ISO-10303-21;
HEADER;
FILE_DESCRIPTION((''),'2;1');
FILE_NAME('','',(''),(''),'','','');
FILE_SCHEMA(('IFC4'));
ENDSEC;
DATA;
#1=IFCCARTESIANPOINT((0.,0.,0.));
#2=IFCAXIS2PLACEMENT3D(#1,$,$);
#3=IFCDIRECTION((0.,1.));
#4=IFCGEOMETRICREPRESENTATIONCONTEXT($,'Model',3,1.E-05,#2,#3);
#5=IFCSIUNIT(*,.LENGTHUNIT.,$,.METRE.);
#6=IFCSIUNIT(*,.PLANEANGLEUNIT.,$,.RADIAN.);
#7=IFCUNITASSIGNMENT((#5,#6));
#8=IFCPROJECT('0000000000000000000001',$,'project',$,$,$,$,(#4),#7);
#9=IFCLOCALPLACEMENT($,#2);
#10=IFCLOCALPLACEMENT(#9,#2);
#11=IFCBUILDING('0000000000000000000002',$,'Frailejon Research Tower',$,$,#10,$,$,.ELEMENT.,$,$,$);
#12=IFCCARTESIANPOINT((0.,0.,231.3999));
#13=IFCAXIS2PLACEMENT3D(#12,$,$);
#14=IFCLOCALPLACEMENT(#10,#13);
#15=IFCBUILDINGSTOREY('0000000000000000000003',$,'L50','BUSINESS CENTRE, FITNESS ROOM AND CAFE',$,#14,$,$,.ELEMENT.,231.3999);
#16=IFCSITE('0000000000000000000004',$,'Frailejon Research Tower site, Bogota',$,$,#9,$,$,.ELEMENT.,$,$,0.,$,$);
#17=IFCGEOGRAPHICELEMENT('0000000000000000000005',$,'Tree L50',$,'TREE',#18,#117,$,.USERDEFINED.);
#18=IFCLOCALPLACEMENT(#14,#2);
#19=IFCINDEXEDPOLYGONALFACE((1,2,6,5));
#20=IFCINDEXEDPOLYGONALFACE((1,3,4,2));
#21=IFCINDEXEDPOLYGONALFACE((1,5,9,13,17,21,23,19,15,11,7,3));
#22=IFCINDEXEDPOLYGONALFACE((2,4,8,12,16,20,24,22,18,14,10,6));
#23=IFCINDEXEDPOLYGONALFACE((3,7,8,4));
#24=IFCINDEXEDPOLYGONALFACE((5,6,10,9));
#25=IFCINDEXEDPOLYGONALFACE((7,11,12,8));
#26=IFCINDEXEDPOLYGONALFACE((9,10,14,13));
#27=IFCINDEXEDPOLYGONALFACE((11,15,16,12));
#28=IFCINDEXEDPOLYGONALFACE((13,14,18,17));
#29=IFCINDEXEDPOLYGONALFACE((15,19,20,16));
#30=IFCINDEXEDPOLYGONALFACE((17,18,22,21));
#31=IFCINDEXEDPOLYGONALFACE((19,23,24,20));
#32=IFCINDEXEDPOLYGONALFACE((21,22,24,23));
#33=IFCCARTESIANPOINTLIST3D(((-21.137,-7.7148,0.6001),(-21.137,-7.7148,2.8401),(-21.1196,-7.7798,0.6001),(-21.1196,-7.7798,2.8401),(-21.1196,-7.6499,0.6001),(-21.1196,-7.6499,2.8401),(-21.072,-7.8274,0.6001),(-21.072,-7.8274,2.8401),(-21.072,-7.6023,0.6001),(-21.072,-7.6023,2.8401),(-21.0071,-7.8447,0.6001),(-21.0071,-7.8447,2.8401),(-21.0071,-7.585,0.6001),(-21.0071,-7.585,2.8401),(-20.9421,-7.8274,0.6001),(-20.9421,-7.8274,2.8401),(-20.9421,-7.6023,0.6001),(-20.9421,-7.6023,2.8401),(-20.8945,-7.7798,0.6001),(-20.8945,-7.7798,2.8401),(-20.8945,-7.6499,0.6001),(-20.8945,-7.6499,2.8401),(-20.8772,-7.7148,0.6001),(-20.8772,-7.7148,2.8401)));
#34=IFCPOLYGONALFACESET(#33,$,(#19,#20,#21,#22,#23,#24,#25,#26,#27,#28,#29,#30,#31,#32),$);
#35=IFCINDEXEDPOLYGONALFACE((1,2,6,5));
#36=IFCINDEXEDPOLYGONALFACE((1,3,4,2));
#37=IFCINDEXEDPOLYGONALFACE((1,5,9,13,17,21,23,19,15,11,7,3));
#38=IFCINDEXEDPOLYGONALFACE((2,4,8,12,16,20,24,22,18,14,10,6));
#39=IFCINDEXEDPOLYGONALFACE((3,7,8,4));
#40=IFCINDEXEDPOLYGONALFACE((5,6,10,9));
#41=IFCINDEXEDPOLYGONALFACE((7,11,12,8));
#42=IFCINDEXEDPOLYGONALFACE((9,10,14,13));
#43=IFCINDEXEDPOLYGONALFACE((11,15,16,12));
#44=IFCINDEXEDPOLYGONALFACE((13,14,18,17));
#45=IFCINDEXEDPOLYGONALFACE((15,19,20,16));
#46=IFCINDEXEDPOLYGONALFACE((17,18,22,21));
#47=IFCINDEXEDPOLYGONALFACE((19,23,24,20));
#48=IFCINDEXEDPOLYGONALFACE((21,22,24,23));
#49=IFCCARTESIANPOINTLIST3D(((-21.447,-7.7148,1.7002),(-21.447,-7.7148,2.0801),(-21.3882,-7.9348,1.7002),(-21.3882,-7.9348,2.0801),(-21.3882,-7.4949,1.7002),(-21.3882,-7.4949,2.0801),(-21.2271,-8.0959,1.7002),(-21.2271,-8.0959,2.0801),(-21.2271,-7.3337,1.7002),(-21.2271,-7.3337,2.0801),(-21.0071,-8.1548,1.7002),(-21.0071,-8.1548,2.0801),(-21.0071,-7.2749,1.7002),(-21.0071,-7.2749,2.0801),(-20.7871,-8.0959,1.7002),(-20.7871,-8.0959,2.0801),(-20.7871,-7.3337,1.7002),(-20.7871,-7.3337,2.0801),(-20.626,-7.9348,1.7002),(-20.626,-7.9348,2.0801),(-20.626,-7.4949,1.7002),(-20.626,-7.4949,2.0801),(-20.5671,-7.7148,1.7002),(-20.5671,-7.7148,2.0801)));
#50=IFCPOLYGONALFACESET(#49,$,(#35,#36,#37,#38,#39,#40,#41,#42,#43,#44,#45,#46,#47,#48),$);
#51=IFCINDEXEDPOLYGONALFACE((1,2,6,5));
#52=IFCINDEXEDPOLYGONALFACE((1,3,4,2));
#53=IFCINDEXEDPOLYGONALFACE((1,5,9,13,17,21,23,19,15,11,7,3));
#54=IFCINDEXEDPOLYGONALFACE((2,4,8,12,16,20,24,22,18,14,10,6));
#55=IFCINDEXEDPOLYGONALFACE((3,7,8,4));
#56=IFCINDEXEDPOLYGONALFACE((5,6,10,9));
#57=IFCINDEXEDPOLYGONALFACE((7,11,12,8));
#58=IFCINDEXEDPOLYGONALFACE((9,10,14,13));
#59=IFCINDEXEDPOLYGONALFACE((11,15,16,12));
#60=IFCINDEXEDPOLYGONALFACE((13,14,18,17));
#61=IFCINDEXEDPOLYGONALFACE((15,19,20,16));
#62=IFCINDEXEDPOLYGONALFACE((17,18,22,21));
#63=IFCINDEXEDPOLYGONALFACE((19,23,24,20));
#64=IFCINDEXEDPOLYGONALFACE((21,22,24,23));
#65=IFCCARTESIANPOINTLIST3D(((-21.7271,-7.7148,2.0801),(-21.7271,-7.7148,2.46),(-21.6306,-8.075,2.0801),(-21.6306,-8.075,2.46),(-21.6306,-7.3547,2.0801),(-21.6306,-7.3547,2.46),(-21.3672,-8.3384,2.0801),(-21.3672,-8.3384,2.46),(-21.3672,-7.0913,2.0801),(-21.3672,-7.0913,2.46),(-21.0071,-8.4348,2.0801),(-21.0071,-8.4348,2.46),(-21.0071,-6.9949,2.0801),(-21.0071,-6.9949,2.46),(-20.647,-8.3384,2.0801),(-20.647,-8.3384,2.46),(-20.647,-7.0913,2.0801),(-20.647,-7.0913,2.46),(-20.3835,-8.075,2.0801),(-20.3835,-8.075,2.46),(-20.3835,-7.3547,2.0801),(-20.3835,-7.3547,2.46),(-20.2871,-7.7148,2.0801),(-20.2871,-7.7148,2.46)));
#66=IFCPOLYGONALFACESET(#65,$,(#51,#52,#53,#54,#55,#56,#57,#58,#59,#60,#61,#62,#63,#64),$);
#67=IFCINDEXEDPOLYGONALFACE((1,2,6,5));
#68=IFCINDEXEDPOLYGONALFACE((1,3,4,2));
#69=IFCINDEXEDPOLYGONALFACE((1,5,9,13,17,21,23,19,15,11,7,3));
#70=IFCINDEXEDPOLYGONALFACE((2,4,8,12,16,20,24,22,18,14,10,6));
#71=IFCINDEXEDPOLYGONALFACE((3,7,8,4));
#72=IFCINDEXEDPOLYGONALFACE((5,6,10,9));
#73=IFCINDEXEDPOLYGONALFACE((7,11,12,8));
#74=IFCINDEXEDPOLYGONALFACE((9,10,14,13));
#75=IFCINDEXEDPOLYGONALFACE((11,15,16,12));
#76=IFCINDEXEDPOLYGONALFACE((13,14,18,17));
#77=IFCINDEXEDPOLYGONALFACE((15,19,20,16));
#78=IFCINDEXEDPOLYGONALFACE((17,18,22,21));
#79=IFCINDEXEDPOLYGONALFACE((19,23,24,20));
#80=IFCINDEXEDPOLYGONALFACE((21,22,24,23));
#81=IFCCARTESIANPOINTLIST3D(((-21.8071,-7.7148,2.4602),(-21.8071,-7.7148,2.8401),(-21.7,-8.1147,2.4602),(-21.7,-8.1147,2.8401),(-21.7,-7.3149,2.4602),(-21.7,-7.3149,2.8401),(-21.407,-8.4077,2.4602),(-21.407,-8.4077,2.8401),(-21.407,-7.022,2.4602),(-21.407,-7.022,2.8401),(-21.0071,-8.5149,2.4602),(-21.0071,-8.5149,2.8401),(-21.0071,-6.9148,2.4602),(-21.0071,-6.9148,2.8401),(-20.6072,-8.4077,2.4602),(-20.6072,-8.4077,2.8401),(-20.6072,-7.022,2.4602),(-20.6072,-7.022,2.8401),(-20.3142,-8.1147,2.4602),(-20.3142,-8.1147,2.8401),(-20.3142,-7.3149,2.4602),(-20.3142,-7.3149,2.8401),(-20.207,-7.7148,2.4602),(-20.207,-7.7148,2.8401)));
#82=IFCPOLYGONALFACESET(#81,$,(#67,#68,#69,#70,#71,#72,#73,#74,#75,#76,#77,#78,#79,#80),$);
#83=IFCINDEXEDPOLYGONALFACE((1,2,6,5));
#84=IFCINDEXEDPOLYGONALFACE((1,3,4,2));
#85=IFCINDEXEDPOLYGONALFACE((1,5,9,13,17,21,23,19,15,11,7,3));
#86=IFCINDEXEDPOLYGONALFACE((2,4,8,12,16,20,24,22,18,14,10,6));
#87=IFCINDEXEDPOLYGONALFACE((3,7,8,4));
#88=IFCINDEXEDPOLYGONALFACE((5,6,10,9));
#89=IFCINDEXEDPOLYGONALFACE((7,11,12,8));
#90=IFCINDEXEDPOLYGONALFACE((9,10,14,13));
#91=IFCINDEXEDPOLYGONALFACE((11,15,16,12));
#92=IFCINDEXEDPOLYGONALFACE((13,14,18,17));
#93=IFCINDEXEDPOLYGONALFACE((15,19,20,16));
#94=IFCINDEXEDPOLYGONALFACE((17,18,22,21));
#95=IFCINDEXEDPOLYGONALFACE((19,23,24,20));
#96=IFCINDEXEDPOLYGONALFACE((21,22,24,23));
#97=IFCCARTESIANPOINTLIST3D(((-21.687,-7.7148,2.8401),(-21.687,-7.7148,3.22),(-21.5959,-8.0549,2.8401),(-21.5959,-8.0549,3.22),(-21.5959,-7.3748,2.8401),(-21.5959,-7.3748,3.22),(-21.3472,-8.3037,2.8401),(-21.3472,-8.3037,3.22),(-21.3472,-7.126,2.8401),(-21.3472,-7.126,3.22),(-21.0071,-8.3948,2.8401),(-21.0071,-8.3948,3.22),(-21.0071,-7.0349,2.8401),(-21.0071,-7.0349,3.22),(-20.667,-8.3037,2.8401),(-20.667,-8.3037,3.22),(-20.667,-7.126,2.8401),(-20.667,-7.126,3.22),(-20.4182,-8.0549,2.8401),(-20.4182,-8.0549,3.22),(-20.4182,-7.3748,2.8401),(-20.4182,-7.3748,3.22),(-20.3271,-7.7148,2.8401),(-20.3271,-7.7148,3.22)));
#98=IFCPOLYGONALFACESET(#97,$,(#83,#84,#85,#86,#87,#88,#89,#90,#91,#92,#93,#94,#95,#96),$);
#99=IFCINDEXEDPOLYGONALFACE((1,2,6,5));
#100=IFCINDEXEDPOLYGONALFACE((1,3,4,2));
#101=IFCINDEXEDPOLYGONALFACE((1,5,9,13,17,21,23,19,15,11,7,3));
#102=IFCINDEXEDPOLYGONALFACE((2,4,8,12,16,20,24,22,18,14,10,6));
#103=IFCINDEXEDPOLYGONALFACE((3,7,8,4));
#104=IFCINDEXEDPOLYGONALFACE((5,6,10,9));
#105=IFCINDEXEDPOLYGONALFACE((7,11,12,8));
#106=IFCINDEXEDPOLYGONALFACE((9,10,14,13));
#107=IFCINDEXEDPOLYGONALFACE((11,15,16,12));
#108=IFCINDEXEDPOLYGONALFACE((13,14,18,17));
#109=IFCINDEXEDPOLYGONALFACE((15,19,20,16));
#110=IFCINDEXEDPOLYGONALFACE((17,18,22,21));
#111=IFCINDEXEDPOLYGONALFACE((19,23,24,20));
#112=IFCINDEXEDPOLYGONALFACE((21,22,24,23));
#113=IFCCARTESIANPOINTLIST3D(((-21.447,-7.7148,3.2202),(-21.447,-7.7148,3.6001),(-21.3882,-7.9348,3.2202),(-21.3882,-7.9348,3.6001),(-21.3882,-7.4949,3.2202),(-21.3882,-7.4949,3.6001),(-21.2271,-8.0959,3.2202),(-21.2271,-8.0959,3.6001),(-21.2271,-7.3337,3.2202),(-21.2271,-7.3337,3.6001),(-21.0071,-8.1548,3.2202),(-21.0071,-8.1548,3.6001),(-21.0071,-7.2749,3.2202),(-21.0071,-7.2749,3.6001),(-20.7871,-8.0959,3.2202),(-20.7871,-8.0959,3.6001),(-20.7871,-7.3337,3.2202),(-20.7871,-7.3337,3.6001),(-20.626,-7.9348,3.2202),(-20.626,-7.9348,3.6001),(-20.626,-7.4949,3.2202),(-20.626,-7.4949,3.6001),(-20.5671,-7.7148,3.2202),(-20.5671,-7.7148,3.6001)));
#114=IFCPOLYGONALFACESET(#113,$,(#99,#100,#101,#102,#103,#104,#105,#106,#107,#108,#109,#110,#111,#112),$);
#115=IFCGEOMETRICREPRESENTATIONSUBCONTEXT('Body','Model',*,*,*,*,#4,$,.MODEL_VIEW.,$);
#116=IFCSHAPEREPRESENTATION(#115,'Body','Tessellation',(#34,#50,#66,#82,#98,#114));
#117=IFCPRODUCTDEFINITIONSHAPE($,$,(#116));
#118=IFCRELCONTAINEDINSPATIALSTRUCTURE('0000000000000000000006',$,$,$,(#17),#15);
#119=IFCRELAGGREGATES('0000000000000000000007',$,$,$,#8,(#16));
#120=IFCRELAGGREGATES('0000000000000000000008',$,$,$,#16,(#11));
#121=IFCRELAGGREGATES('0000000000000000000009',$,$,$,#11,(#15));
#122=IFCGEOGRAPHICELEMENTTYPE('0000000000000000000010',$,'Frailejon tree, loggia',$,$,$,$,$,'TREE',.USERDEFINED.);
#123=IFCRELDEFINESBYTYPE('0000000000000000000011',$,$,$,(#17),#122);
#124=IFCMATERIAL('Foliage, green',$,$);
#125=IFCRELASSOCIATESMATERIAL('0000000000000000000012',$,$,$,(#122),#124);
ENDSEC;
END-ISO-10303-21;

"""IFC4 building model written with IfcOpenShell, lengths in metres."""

from ifc_helpers import new_model, si_unit, direction, frame, origin, place, context, subcontext, project, spatial, polyline, outline, extrude, material, type_object, element, save


model = new_model("IFC4")

# Units and contexts
model_context = context("Model", 3, precision=1e-05, world=origin(), true_north=direction((0.0, 1.0)))
body_context = subcontext(model_context, "Body", "Model", "MODEL_VIEW")
ifc_project = project(units=[si_unit("LENGTHUNIT", "METRE"), si_unit("PLANEANGLEUNIT", "RADIAN")], contexts=[model_context])

# Site, building, storey
site_placement = place(None, origin())
site = spatial("IfcSite", under=ifc_project, at=site_placement, Name="Frailejon Research Tower site, Bogota", CompositionType="ELEMENT", RefElevation=0.0)
building_placement = place(site_placement, origin())
building = spatial("IfcBuilding", under=site, at=building_placement, Name="Frailejon Research Tower", CompositionType="ELEMENT")
storey_placement = place(building_placement, frame((0.0, 0.0, 231.3999)))
storey = spatial("IfcBuildingStorey", under=building, at=storey_placement, Name="L50", Description="BUSINESS CENTRE, FITNESS ROOM AND CAFE", CompositionType="ELEMENT", Elevation=231.3999)

# Geographic element
ifc_material_1 = material(Name="Foliage, green")
geographic_element_type = type_object("IfcGeographicElementType", Name="Frailejon tree, loggia", ElementType="TREE", PredefinedType="USERDEFINED", material=ifc_material_1)
geographic_element_placement = place(storey_placement, frame((-21.0071, -7.7148, 0.6001)))
element("IfcGeographicElement", 1, at=geographic_element_placement, inside=storey, type_object=geographic_element_type, Name="Tree L50", ObjectType="TREE", PredefinedType="USERDEFINED", context=body_context, shape_type="SweptSolid", body=[
    extrude(outline(polyline([(0.1299, 0.0), (0.1125, 0.0649), (0.0649, 0.1125), (0.0, 0.1299), (-0.0649, 0.1125), (-0.1125, 0.0649), (-0.1299, 0.0), (-0.1125, -0.0649), (-0.0649, -0.1125), (0.0, -0.1299), (0.0649, -0.1125), (0.1125, -0.0649), (0.1299, 0.0)])), origin(), (0.0, 0.0, 1.0), 2.24),
    extrude(outline(polyline([(0.4399, 0.0), (0.3811, 0.22), (0.22, 0.3811), (0.0, 0.4399), (-0.22, 0.3811), (-0.3811, 0.22), (-0.4399, 0.0), (-0.3811, -0.22), (-0.22, -0.3811), (0.0, -0.4399), (0.22, -0.3811), (0.3811, -0.22), (0.4399, 0.0)])), frame((0.0, 0.0, 1.1001)), (0.0, 0.0, 1.0), 0.3799),
    extrude(outline(polyline([(0.72, 0.0), (0.6235, 0.3601), (0.3601, 0.6235), (0.0, 0.72), (-0.3601, 0.6235), (-0.6235, 0.3601), (-0.72, 0.0), (-0.6235, -0.3601), (-0.3601, -0.6235), (0.0, -0.72), (0.3601, -0.6235), (0.6235, -0.3601), (0.72, 0.0)])), frame((0.0, 0.0, 1.48)), (0.0, 0.0, 1.0), 0.3799),
    extrude(outline(polyline([(0.8, 0.0), (0.6929, 0.3999), (0.3999, 0.6929), (0.0, 0.8), (-0.3999, 0.6929), (-0.6929, 0.3999), (-0.8, 0.0), (-0.6929, -0.3999), (-0.3999, -0.6929), (0.0, -0.8), (0.3999, -0.6929), (0.6929, -0.3999), (0.8, 0.0)])), frame((0.0, 0.0, 1.8601)), (0.0, 0.0, 1.0), 0.3799),
    extrude(outline(polyline([(0.6799, 0.0), (0.5889, 0.3401), (0.3401, 0.5889), (0.0, 0.6799), (-0.3401, 0.5889), (-0.5889, 0.3401), (-0.6799, 0.0), (-0.5889, -0.3401), (-0.3401, -0.5889), (0.0, -0.6799), (0.3401, -0.5889), (0.5889, -0.3401), (0.6799, 0.0)])), frame((0.0, 0.0, 2.24)), (0.0, 0.0, 1.0), 0.3799),
    extrude(outline(polyline([(0.4399, 0.0), (0.3811, 0.22), (0.22, 0.3811), (0.0, 0.4399), (-0.22, 0.3811), (-0.3811, 0.22), (-0.4399, 0.0), (-0.3811, -0.22), (-0.22, -0.3811), (0.0, -0.4399), (0.22, -0.3811), (0.3811, -0.22), (0.4399, 0.0)])), frame((0.0, 0.0, 2.6201)), (0.0, 0.0, 1.0), 0.3799),
])

save(model, "model.ifc")
